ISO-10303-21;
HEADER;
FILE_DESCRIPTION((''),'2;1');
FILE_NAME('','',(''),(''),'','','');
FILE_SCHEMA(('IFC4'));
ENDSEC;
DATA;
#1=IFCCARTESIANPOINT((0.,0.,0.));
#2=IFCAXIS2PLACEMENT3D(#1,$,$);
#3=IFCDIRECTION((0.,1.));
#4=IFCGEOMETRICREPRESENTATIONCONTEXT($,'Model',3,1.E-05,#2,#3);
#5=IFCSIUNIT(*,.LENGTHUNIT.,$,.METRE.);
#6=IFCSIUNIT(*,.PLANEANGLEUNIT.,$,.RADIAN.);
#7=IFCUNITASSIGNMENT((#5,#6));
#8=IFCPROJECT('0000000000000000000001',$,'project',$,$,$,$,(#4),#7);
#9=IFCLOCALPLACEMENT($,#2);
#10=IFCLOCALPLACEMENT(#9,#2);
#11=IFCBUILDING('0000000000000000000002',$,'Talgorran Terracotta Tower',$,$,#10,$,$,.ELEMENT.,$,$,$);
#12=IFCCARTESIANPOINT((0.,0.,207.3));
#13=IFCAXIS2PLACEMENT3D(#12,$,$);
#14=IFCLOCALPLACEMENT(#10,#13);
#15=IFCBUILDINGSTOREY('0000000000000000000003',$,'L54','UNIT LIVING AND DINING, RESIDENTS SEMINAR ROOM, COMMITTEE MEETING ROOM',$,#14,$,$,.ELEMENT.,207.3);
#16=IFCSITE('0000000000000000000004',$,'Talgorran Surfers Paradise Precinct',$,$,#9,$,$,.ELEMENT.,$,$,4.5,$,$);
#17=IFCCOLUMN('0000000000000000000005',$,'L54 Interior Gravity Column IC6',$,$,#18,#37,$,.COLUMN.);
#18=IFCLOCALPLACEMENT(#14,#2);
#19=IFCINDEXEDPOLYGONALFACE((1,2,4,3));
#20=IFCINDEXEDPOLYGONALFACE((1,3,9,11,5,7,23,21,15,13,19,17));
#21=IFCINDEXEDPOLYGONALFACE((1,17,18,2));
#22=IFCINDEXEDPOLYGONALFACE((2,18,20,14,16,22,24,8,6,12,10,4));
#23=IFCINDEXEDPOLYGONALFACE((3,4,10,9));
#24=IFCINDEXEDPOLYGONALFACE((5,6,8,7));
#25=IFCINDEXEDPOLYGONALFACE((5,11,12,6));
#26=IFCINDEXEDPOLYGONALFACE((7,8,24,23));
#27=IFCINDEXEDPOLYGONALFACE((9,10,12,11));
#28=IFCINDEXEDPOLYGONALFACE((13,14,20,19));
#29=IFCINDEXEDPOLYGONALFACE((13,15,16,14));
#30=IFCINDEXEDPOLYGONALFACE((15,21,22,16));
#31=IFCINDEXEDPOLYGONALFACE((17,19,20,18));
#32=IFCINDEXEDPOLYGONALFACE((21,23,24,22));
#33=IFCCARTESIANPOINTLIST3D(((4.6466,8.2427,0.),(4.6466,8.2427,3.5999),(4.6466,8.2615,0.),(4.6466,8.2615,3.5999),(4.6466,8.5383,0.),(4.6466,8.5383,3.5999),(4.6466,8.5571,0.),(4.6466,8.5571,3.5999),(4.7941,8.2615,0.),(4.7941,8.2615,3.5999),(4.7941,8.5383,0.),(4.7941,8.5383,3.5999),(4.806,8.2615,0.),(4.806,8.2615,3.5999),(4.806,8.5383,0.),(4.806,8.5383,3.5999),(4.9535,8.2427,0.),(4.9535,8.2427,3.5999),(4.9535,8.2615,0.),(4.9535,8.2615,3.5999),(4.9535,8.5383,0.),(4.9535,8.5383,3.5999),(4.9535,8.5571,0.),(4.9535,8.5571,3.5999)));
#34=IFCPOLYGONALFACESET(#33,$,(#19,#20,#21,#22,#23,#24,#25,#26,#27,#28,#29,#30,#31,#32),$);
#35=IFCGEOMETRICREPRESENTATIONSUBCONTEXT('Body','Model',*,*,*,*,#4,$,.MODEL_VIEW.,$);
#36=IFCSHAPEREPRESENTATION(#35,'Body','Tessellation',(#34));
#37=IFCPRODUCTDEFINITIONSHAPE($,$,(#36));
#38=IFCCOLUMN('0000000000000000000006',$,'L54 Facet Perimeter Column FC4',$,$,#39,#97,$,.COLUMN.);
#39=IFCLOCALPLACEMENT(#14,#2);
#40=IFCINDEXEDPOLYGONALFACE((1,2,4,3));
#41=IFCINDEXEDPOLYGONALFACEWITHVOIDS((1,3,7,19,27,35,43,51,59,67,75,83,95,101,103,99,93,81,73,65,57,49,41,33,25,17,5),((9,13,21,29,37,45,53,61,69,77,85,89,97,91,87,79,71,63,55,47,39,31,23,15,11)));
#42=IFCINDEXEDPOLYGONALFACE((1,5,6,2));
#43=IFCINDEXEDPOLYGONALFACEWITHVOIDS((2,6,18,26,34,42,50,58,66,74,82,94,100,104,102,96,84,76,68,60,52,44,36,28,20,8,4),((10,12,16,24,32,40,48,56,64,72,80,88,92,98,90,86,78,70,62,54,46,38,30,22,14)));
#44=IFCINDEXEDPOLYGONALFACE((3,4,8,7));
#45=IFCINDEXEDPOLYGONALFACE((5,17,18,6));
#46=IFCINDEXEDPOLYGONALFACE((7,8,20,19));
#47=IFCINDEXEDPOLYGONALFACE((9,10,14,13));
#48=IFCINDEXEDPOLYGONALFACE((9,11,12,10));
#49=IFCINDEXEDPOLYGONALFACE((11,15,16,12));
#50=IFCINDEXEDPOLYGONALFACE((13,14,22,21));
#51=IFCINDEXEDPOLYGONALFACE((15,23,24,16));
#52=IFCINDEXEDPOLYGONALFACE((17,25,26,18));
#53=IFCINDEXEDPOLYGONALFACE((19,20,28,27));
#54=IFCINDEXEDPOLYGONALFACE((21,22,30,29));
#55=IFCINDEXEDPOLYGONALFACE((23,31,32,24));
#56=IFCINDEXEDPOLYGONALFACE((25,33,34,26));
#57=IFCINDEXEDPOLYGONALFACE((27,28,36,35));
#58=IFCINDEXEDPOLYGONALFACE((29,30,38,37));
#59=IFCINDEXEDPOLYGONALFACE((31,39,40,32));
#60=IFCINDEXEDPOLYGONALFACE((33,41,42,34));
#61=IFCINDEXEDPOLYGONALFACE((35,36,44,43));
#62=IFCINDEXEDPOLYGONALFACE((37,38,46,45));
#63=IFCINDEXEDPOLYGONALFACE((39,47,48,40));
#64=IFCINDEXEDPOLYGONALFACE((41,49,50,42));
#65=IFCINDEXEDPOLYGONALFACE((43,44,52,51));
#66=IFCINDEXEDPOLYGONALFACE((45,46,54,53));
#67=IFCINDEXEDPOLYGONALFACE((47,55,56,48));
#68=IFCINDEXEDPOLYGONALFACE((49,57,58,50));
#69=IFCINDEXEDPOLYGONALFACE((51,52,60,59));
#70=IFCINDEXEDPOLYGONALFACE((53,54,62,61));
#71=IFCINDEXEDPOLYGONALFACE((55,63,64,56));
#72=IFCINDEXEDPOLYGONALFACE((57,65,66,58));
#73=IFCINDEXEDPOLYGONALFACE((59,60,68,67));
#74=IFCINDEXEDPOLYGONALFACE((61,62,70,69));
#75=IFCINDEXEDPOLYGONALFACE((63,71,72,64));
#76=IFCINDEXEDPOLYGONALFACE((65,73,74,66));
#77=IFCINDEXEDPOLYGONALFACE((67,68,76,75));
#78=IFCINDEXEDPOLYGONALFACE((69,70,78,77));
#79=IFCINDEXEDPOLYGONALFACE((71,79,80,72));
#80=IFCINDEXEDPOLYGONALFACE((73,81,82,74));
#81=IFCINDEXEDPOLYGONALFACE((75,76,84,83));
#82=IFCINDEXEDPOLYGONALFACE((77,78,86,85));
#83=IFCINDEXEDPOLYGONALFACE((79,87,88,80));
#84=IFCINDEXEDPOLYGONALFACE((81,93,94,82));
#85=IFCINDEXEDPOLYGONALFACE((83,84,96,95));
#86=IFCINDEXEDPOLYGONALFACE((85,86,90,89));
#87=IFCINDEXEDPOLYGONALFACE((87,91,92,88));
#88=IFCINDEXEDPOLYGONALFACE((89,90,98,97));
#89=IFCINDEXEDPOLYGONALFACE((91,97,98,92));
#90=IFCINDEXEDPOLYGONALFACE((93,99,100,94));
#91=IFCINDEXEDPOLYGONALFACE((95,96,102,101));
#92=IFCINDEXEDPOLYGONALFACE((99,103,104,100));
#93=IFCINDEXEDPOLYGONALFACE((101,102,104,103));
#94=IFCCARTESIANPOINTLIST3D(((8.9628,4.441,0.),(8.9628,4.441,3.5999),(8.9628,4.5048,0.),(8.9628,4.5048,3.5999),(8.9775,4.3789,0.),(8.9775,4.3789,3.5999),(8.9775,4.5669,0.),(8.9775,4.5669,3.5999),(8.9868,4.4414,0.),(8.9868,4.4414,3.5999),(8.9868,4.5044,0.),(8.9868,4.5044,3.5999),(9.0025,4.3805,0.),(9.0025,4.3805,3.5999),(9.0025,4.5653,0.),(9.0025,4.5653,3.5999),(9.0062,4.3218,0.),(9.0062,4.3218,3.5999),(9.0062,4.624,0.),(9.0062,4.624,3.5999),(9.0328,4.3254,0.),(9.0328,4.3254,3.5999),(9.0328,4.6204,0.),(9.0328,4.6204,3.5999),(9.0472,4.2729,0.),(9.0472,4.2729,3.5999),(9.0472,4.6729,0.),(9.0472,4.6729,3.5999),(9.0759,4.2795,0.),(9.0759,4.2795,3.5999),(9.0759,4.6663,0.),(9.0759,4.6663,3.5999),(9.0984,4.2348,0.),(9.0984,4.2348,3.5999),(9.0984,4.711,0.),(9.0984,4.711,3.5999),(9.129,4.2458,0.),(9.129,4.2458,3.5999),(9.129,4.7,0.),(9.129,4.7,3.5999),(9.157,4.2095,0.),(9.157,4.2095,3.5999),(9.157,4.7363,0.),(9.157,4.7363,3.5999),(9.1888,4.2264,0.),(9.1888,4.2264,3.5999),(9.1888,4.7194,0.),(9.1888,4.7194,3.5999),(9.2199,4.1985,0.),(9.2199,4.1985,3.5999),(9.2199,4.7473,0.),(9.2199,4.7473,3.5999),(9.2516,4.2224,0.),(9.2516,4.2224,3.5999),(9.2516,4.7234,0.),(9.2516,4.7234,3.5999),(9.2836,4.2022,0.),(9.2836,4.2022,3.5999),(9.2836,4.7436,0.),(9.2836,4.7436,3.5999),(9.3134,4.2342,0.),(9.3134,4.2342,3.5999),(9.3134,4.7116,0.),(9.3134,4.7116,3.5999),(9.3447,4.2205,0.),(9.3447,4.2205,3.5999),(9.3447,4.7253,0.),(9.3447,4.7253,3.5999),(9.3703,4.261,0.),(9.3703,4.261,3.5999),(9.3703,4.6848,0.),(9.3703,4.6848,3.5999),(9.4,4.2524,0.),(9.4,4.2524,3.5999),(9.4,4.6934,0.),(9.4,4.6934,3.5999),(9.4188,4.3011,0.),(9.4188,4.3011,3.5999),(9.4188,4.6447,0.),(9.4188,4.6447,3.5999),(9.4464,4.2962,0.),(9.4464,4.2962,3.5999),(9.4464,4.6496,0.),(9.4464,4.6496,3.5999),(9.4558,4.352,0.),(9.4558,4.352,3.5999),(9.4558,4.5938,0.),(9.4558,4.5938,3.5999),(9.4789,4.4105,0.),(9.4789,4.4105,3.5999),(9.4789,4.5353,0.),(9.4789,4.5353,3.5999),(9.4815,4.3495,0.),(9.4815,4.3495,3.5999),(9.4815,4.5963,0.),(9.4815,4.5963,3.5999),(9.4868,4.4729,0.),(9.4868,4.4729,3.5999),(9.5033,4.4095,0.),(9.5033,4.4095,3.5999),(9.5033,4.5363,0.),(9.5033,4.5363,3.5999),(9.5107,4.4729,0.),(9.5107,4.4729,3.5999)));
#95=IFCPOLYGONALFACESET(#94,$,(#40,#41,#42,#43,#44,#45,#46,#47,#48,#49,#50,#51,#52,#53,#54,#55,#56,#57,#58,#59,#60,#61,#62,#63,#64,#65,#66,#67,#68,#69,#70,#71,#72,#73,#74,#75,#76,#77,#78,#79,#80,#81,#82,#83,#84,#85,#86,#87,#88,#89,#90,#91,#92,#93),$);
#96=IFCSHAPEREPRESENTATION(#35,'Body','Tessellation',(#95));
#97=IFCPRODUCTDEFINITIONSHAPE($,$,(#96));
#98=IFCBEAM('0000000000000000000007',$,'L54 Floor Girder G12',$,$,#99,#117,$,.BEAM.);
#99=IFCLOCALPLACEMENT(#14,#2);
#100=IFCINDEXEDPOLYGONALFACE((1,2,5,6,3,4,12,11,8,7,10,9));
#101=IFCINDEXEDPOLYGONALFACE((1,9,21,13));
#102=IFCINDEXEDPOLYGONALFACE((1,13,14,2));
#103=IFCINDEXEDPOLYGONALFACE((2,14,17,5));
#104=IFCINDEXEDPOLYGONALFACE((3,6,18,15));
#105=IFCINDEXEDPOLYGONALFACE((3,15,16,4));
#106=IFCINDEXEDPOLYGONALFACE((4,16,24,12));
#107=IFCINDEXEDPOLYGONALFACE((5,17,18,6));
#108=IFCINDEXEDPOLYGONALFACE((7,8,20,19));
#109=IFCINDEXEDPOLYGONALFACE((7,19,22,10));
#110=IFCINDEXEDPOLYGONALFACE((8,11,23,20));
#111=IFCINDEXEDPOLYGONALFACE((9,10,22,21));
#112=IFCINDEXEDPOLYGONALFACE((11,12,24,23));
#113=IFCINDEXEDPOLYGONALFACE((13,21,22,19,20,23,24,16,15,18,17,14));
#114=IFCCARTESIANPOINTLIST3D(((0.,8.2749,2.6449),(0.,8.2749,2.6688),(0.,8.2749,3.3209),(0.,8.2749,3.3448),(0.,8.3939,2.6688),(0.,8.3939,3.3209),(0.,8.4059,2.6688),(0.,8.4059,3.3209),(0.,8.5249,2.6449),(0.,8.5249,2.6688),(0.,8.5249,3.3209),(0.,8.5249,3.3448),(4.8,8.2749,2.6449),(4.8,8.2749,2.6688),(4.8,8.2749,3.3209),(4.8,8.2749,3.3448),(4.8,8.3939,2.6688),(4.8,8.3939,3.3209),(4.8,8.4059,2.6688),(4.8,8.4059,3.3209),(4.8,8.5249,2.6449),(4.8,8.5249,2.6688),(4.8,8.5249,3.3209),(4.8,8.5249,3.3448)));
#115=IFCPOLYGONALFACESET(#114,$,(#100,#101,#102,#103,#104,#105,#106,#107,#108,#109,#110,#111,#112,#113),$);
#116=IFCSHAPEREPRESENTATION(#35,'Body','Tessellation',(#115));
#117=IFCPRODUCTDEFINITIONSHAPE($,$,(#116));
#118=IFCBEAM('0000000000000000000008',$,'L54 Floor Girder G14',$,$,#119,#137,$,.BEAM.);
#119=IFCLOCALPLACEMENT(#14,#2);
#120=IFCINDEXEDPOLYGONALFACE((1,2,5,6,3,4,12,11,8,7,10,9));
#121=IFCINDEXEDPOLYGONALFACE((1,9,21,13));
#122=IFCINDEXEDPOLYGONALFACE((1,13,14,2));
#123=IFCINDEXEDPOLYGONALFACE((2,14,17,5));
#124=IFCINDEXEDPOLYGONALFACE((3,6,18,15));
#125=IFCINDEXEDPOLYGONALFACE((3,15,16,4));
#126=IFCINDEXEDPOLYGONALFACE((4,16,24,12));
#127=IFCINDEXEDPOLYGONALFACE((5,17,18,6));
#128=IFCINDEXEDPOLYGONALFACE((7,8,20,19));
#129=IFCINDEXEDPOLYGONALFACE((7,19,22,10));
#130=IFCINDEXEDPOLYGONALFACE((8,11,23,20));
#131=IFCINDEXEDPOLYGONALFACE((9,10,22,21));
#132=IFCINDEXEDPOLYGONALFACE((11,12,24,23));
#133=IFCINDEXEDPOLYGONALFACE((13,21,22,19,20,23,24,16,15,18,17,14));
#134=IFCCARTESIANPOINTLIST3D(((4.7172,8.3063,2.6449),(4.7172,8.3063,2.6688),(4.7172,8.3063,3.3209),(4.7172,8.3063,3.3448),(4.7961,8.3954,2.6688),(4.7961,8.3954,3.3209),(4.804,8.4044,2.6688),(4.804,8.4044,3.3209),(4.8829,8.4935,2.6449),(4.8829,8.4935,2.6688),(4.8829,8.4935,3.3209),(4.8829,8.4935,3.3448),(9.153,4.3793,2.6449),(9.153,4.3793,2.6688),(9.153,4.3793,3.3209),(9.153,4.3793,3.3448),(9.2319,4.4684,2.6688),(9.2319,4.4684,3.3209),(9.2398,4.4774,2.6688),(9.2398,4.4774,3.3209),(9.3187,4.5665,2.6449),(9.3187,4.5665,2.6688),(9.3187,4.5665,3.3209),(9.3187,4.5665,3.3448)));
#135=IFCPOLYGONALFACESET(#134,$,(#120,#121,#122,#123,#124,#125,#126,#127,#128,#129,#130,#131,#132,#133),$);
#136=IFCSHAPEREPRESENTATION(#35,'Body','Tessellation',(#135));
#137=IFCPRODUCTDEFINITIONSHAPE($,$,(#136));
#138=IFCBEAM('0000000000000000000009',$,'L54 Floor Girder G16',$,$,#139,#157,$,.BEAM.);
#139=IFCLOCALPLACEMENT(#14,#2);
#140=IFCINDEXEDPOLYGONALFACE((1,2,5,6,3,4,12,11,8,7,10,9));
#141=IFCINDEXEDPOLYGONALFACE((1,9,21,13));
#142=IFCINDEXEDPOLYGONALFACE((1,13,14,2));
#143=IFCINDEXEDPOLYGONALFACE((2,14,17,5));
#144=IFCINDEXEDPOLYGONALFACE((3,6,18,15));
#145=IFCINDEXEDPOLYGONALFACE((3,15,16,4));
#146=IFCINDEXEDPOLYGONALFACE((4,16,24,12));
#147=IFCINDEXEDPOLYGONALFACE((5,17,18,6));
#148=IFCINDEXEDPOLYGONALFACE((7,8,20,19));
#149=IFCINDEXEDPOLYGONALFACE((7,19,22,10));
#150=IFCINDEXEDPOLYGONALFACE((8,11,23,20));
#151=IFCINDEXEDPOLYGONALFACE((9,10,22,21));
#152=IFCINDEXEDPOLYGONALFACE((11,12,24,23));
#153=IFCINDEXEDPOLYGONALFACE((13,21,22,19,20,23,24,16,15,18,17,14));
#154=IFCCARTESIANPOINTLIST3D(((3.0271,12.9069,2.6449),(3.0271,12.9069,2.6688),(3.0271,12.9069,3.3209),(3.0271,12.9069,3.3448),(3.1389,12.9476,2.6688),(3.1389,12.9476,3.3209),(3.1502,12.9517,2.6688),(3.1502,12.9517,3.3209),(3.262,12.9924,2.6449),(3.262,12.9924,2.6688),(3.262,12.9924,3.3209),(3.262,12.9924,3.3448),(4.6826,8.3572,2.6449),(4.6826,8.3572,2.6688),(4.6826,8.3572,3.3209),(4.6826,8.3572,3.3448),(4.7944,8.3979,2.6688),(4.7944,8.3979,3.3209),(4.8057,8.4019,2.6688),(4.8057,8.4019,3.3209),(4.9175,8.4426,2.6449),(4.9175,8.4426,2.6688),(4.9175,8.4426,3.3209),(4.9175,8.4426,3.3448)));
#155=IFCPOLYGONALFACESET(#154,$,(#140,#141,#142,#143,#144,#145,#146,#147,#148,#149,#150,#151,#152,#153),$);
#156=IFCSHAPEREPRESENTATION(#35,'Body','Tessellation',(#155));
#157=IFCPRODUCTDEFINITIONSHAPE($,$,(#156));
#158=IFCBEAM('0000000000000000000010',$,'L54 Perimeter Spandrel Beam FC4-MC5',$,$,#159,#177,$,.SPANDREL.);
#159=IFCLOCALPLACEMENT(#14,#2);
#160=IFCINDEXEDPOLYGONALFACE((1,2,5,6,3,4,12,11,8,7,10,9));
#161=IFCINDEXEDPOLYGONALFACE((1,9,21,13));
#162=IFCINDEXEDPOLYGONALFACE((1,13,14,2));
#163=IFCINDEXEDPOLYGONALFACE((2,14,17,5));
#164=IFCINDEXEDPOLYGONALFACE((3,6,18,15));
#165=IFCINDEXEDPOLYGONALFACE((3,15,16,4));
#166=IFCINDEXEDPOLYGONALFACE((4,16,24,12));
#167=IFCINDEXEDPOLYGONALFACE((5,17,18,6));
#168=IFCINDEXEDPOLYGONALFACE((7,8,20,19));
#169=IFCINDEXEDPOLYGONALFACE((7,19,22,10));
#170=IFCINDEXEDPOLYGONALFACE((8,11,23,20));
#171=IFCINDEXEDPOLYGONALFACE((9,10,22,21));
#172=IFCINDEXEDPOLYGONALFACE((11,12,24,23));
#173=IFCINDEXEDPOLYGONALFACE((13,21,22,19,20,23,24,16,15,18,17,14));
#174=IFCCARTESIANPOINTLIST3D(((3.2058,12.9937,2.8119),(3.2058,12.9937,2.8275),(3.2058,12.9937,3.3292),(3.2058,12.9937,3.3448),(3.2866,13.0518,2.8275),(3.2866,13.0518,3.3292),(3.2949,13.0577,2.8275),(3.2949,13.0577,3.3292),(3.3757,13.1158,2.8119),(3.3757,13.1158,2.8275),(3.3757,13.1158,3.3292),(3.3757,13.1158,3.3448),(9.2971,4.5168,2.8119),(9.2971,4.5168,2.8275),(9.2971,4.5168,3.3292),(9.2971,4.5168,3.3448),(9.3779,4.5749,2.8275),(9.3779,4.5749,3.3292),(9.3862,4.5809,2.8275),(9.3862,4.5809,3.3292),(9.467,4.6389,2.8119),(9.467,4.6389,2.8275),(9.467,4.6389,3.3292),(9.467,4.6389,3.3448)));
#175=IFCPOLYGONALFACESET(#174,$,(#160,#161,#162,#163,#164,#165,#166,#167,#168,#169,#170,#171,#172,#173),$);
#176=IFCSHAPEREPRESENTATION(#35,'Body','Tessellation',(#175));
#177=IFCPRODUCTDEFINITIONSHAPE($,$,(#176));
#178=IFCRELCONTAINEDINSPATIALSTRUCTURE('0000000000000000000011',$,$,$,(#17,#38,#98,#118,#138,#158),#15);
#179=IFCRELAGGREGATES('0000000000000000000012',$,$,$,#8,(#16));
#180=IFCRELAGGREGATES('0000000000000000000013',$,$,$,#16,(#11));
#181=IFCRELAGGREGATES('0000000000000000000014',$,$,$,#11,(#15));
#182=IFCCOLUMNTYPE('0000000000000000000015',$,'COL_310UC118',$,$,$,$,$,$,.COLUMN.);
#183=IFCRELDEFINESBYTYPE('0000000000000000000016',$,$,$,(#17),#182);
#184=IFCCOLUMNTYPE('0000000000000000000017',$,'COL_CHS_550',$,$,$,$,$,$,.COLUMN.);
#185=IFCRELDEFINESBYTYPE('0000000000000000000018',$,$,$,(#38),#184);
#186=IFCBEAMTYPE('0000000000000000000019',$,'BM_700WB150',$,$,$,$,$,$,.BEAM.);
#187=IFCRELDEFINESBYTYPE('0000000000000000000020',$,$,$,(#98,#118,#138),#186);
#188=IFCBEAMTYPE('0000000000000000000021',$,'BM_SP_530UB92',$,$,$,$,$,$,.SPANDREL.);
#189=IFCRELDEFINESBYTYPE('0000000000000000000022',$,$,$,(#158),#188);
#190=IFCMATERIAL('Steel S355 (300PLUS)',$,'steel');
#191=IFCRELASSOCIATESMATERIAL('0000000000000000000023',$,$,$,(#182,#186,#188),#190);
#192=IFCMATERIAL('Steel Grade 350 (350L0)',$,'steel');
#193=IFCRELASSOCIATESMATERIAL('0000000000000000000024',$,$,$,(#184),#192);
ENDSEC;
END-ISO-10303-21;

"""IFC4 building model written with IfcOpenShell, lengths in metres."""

from ifc_helpers import new_model, si_unit, direction, frame, origin, origin_2d, place, context, subcontext, project, spatial, hollow_circle, i_section, extrude, material, material_profile, profile_set, type_object, element, save


model = new_model("IFC4")

# Units and contexts
model_context = context("Model", 3, precision=1e-05, world=origin(), true_north=direction((0.0, 1.0)))
body_context = subcontext(model_context, "Body", "Model", "MODEL_VIEW")
ifc_project = project(units=[si_unit("LENGTHUNIT", "METRE"), si_unit("PLANEANGLEUNIT", "RADIAN")], contexts=[model_context])

# Site, building, storey
site_placement = place(None, origin())
site = spatial("IfcSite", under=ifc_project, at=site_placement, Name="Talgorran Surfers Paradise Precinct", CompositionType="ELEMENT", RefElevation=4.5)
building_placement = place(site_placement, origin())
building = spatial("IfcBuilding", under=site, at=building_placement, Name="Talgorran Terracotta Tower", CompositionType="ELEMENT")
storey_placement = place(building_placement, frame((0.0, 0.0, 207.3)))
storey = spatial("IfcBuildingStorey", under=building, at=storey_placement, Name="L54", Description="UNIT LIVING AND DINING, RESIDENTS SEMINAR ROOM, COMMITTEE MEETING ROOM", CompositionType="ELEMENT", Elevation=207.3)

# Columns
ifc_material_1 = material(Name="Steel S355 (300PLUS)", Category="steel")
ifc_material_profile_1 = material_profile(ifc_material_1, i_section(OverallWidth=0.3069, OverallDepth=0.3145, WebThickness=0.012, FlangeThickness=0.0188, at=origin_2d()), Name="310UC118")
ifc_profile_set_1 = profile_set([ifc_material_profile_1], Name="Steel S355 (300PLUS)")
column_type_1 = type_object("IfcColumnType", Name="COL_310UC118", PredefinedType="COLUMN", material=ifc_profile_set_1)
column_1_placement = place(storey_placement, frame((4.8, 8.3999, 0.0), z_axis=(0.0, 0.0, 1.0), x_axis=(1.0, 0.0, 0.0)))
element("IfcColumn", 1, at=column_1_placement, inside=storey, type_object=column_type_1, Name="L54 Interior Gravity Column IC6", PredefinedType="COLUMN", context=body_context, shape_type="SweptSolid", body=[
    extrude(i_section(OverallWidth=0.3069, OverallDepth=0.3145, WebThickness=0.012, FlangeThickness=0.0188, at=origin_2d()), origin(), (0.0, 0.0, 1.0), 3.5999),
])
ifc_material_2 = material(Name="Steel Grade 350 (350L0)", Category="steel")
ifc_material_profile_2 = material_profile(ifc_material_2, hollow_circle(Radius=0.2749, WallThickness=0.0239, at=origin_2d()), Name="CHS550X24")
ifc_profile_set_2 = profile_set([ifc_material_profile_2], Name="Steel Grade 350 (350L0)")
column_type_2 = type_object("IfcColumnType", Name="COL_CHS_550", PredefinedType="COLUMN", material=ifc_profile_set_2)
column_2_placement = place(storey_placement, frame((9.2358, 4.4729, 0.0), z_axis=(0.0, 0.0, 1.0), x_axis=(1.0, 0.0, 0.0)))
element("IfcColumn", 2, at=column_2_placement, inside=storey, type_object=column_type_2, Name="L54 Facet Perimeter Column FC4", PredefinedType="COLUMN", context=body_context, shape_type="SweptSolid", body=[
    extrude(hollow_circle(Radius=0.2749, WallThickness=0.0239, at=origin_2d()), origin(), (0.0, 0.0, 1.0), 3.5999),
])

# Beams
ifc_material_profile_3 = material_profile(ifc_material_1, i_section(OverallWidth=0.25, OverallDepth=0.7, WebThickness=0.012, FlangeThickness=0.0239, at=origin_2d()), Name="700WB150")
ifc_profile_set_3 = profile_set([ifc_material_profile_3], Name="Steel S355 (300PLUS)")
beam_type_1 = type_object("IfcBeamType", Name="BM_700WB150", PredefinedType="BEAM", material=ifc_profile_set_3)
beam_1_placement = place(storey_placement, frame((0.0, 8.3999, 2.9949), z_axis=(1.0, 0.0, 0.0), x_axis=(0.0, 1.0, 0.0)))
element("IfcBeam", 3, at=beam_1_placement, inside=storey, type_object=beam_type_1, Name="L54 Floor Girder G12", PredefinedType="BEAM", context=body_context, shape_type="SweptSolid", body=[
    extrude(i_section(OverallWidth=0.25, OverallDepth=0.7, WebThickness=0.012, FlangeThickness=0.0239, at=origin_2d()), origin(), (0.0, 0.0, 1.0), 4.8),
])
beam_2_placement = place(storey_placement, frame((4.8, 8.3999, 2.9949), z_axis=(0.748742, -0.662861, 0.0), x_axis=(0.662861, 0.748742, 0.0)))
element("IfcBeam", 4, at=beam_2_placement, inside=storey, type_object=beam_type_1, Name="L54 Floor Girder G14", PredefinedType="BEAM", context=body_context, shape_type="SweptSolid", body=[
    extrude(i_section(OverallWidth=0.25, OverallDepth=0.7, WebThickness=0.012, FlangeThickness=0.0239, at=origin_2d()), origin(), (0.0, 0.0, 1.0), 5.9243),
])
beam_3_placement = place(storey_placement, frame((4.8, 8.3999, 2.9949), z_axis=(-0.341933, 0.939724, 0.0), x_axis=(-0.939724, -0.341933, 0.0)))
element("IfcBeam", 5, at=beam_3_placement, inside=storey, type_object=beam_type_1, Name="L54 Floor Girder G16", PredefinedType="BEAM", context=body_context, shape_type="SweptSolid", body=[
    extrude(i_section(OverallWidth=0.25, OverallDepth=0.7, WebThickness=0.012, FlangeThickness=0.0239, at=origin_2d()), origin(), (0.0, 0.0, 1.0), 4.8416),
])
ifc_material_profile_4 = material_profile(ifc_material_1, i_section(OverallWidth=0.2092, OverallDepth=0.533, WebThickness=0.0103, FlangeThickness=0.0156, at=origin_2d()), Name="530UB92.4")
ifc_profile_set_4 = profile_set([ifc_material_profile_4], Name="Steel S355 (300PLUS)")
beam_type_2 = type_object("IfcBeamType", Name="BM_SP_530UB92", PredefinedType="SPANDREL", material=ifc_profile_set_4)
beam_4_placement = place(storey_placement, frame((9.3821, 4.5779, 3.0784), z_axis=(-0.583548, 0.812079, 0.0), x_axis=(-0.812079, -0.583548, 0.0)))
element("IfcBeam", 6, at=beam_4_placement, inside=storey, type_object=beam_type_2, Name="L54 Perimeter Spandrel Beam FC4-MC5", PredefinedType="SPANDREL", context=body_context, shape_type="SweptSolid", body=[
    extrude(i_section(OverallWidth=0.2092, OverallDepth=0.533, WebThickness=0.0103, FlangeThickness=0.0156, at=origin_2d()), origin(), (0.0, 0.0, 1.0), 10.4385),
])

save(model, "model.ifc")
